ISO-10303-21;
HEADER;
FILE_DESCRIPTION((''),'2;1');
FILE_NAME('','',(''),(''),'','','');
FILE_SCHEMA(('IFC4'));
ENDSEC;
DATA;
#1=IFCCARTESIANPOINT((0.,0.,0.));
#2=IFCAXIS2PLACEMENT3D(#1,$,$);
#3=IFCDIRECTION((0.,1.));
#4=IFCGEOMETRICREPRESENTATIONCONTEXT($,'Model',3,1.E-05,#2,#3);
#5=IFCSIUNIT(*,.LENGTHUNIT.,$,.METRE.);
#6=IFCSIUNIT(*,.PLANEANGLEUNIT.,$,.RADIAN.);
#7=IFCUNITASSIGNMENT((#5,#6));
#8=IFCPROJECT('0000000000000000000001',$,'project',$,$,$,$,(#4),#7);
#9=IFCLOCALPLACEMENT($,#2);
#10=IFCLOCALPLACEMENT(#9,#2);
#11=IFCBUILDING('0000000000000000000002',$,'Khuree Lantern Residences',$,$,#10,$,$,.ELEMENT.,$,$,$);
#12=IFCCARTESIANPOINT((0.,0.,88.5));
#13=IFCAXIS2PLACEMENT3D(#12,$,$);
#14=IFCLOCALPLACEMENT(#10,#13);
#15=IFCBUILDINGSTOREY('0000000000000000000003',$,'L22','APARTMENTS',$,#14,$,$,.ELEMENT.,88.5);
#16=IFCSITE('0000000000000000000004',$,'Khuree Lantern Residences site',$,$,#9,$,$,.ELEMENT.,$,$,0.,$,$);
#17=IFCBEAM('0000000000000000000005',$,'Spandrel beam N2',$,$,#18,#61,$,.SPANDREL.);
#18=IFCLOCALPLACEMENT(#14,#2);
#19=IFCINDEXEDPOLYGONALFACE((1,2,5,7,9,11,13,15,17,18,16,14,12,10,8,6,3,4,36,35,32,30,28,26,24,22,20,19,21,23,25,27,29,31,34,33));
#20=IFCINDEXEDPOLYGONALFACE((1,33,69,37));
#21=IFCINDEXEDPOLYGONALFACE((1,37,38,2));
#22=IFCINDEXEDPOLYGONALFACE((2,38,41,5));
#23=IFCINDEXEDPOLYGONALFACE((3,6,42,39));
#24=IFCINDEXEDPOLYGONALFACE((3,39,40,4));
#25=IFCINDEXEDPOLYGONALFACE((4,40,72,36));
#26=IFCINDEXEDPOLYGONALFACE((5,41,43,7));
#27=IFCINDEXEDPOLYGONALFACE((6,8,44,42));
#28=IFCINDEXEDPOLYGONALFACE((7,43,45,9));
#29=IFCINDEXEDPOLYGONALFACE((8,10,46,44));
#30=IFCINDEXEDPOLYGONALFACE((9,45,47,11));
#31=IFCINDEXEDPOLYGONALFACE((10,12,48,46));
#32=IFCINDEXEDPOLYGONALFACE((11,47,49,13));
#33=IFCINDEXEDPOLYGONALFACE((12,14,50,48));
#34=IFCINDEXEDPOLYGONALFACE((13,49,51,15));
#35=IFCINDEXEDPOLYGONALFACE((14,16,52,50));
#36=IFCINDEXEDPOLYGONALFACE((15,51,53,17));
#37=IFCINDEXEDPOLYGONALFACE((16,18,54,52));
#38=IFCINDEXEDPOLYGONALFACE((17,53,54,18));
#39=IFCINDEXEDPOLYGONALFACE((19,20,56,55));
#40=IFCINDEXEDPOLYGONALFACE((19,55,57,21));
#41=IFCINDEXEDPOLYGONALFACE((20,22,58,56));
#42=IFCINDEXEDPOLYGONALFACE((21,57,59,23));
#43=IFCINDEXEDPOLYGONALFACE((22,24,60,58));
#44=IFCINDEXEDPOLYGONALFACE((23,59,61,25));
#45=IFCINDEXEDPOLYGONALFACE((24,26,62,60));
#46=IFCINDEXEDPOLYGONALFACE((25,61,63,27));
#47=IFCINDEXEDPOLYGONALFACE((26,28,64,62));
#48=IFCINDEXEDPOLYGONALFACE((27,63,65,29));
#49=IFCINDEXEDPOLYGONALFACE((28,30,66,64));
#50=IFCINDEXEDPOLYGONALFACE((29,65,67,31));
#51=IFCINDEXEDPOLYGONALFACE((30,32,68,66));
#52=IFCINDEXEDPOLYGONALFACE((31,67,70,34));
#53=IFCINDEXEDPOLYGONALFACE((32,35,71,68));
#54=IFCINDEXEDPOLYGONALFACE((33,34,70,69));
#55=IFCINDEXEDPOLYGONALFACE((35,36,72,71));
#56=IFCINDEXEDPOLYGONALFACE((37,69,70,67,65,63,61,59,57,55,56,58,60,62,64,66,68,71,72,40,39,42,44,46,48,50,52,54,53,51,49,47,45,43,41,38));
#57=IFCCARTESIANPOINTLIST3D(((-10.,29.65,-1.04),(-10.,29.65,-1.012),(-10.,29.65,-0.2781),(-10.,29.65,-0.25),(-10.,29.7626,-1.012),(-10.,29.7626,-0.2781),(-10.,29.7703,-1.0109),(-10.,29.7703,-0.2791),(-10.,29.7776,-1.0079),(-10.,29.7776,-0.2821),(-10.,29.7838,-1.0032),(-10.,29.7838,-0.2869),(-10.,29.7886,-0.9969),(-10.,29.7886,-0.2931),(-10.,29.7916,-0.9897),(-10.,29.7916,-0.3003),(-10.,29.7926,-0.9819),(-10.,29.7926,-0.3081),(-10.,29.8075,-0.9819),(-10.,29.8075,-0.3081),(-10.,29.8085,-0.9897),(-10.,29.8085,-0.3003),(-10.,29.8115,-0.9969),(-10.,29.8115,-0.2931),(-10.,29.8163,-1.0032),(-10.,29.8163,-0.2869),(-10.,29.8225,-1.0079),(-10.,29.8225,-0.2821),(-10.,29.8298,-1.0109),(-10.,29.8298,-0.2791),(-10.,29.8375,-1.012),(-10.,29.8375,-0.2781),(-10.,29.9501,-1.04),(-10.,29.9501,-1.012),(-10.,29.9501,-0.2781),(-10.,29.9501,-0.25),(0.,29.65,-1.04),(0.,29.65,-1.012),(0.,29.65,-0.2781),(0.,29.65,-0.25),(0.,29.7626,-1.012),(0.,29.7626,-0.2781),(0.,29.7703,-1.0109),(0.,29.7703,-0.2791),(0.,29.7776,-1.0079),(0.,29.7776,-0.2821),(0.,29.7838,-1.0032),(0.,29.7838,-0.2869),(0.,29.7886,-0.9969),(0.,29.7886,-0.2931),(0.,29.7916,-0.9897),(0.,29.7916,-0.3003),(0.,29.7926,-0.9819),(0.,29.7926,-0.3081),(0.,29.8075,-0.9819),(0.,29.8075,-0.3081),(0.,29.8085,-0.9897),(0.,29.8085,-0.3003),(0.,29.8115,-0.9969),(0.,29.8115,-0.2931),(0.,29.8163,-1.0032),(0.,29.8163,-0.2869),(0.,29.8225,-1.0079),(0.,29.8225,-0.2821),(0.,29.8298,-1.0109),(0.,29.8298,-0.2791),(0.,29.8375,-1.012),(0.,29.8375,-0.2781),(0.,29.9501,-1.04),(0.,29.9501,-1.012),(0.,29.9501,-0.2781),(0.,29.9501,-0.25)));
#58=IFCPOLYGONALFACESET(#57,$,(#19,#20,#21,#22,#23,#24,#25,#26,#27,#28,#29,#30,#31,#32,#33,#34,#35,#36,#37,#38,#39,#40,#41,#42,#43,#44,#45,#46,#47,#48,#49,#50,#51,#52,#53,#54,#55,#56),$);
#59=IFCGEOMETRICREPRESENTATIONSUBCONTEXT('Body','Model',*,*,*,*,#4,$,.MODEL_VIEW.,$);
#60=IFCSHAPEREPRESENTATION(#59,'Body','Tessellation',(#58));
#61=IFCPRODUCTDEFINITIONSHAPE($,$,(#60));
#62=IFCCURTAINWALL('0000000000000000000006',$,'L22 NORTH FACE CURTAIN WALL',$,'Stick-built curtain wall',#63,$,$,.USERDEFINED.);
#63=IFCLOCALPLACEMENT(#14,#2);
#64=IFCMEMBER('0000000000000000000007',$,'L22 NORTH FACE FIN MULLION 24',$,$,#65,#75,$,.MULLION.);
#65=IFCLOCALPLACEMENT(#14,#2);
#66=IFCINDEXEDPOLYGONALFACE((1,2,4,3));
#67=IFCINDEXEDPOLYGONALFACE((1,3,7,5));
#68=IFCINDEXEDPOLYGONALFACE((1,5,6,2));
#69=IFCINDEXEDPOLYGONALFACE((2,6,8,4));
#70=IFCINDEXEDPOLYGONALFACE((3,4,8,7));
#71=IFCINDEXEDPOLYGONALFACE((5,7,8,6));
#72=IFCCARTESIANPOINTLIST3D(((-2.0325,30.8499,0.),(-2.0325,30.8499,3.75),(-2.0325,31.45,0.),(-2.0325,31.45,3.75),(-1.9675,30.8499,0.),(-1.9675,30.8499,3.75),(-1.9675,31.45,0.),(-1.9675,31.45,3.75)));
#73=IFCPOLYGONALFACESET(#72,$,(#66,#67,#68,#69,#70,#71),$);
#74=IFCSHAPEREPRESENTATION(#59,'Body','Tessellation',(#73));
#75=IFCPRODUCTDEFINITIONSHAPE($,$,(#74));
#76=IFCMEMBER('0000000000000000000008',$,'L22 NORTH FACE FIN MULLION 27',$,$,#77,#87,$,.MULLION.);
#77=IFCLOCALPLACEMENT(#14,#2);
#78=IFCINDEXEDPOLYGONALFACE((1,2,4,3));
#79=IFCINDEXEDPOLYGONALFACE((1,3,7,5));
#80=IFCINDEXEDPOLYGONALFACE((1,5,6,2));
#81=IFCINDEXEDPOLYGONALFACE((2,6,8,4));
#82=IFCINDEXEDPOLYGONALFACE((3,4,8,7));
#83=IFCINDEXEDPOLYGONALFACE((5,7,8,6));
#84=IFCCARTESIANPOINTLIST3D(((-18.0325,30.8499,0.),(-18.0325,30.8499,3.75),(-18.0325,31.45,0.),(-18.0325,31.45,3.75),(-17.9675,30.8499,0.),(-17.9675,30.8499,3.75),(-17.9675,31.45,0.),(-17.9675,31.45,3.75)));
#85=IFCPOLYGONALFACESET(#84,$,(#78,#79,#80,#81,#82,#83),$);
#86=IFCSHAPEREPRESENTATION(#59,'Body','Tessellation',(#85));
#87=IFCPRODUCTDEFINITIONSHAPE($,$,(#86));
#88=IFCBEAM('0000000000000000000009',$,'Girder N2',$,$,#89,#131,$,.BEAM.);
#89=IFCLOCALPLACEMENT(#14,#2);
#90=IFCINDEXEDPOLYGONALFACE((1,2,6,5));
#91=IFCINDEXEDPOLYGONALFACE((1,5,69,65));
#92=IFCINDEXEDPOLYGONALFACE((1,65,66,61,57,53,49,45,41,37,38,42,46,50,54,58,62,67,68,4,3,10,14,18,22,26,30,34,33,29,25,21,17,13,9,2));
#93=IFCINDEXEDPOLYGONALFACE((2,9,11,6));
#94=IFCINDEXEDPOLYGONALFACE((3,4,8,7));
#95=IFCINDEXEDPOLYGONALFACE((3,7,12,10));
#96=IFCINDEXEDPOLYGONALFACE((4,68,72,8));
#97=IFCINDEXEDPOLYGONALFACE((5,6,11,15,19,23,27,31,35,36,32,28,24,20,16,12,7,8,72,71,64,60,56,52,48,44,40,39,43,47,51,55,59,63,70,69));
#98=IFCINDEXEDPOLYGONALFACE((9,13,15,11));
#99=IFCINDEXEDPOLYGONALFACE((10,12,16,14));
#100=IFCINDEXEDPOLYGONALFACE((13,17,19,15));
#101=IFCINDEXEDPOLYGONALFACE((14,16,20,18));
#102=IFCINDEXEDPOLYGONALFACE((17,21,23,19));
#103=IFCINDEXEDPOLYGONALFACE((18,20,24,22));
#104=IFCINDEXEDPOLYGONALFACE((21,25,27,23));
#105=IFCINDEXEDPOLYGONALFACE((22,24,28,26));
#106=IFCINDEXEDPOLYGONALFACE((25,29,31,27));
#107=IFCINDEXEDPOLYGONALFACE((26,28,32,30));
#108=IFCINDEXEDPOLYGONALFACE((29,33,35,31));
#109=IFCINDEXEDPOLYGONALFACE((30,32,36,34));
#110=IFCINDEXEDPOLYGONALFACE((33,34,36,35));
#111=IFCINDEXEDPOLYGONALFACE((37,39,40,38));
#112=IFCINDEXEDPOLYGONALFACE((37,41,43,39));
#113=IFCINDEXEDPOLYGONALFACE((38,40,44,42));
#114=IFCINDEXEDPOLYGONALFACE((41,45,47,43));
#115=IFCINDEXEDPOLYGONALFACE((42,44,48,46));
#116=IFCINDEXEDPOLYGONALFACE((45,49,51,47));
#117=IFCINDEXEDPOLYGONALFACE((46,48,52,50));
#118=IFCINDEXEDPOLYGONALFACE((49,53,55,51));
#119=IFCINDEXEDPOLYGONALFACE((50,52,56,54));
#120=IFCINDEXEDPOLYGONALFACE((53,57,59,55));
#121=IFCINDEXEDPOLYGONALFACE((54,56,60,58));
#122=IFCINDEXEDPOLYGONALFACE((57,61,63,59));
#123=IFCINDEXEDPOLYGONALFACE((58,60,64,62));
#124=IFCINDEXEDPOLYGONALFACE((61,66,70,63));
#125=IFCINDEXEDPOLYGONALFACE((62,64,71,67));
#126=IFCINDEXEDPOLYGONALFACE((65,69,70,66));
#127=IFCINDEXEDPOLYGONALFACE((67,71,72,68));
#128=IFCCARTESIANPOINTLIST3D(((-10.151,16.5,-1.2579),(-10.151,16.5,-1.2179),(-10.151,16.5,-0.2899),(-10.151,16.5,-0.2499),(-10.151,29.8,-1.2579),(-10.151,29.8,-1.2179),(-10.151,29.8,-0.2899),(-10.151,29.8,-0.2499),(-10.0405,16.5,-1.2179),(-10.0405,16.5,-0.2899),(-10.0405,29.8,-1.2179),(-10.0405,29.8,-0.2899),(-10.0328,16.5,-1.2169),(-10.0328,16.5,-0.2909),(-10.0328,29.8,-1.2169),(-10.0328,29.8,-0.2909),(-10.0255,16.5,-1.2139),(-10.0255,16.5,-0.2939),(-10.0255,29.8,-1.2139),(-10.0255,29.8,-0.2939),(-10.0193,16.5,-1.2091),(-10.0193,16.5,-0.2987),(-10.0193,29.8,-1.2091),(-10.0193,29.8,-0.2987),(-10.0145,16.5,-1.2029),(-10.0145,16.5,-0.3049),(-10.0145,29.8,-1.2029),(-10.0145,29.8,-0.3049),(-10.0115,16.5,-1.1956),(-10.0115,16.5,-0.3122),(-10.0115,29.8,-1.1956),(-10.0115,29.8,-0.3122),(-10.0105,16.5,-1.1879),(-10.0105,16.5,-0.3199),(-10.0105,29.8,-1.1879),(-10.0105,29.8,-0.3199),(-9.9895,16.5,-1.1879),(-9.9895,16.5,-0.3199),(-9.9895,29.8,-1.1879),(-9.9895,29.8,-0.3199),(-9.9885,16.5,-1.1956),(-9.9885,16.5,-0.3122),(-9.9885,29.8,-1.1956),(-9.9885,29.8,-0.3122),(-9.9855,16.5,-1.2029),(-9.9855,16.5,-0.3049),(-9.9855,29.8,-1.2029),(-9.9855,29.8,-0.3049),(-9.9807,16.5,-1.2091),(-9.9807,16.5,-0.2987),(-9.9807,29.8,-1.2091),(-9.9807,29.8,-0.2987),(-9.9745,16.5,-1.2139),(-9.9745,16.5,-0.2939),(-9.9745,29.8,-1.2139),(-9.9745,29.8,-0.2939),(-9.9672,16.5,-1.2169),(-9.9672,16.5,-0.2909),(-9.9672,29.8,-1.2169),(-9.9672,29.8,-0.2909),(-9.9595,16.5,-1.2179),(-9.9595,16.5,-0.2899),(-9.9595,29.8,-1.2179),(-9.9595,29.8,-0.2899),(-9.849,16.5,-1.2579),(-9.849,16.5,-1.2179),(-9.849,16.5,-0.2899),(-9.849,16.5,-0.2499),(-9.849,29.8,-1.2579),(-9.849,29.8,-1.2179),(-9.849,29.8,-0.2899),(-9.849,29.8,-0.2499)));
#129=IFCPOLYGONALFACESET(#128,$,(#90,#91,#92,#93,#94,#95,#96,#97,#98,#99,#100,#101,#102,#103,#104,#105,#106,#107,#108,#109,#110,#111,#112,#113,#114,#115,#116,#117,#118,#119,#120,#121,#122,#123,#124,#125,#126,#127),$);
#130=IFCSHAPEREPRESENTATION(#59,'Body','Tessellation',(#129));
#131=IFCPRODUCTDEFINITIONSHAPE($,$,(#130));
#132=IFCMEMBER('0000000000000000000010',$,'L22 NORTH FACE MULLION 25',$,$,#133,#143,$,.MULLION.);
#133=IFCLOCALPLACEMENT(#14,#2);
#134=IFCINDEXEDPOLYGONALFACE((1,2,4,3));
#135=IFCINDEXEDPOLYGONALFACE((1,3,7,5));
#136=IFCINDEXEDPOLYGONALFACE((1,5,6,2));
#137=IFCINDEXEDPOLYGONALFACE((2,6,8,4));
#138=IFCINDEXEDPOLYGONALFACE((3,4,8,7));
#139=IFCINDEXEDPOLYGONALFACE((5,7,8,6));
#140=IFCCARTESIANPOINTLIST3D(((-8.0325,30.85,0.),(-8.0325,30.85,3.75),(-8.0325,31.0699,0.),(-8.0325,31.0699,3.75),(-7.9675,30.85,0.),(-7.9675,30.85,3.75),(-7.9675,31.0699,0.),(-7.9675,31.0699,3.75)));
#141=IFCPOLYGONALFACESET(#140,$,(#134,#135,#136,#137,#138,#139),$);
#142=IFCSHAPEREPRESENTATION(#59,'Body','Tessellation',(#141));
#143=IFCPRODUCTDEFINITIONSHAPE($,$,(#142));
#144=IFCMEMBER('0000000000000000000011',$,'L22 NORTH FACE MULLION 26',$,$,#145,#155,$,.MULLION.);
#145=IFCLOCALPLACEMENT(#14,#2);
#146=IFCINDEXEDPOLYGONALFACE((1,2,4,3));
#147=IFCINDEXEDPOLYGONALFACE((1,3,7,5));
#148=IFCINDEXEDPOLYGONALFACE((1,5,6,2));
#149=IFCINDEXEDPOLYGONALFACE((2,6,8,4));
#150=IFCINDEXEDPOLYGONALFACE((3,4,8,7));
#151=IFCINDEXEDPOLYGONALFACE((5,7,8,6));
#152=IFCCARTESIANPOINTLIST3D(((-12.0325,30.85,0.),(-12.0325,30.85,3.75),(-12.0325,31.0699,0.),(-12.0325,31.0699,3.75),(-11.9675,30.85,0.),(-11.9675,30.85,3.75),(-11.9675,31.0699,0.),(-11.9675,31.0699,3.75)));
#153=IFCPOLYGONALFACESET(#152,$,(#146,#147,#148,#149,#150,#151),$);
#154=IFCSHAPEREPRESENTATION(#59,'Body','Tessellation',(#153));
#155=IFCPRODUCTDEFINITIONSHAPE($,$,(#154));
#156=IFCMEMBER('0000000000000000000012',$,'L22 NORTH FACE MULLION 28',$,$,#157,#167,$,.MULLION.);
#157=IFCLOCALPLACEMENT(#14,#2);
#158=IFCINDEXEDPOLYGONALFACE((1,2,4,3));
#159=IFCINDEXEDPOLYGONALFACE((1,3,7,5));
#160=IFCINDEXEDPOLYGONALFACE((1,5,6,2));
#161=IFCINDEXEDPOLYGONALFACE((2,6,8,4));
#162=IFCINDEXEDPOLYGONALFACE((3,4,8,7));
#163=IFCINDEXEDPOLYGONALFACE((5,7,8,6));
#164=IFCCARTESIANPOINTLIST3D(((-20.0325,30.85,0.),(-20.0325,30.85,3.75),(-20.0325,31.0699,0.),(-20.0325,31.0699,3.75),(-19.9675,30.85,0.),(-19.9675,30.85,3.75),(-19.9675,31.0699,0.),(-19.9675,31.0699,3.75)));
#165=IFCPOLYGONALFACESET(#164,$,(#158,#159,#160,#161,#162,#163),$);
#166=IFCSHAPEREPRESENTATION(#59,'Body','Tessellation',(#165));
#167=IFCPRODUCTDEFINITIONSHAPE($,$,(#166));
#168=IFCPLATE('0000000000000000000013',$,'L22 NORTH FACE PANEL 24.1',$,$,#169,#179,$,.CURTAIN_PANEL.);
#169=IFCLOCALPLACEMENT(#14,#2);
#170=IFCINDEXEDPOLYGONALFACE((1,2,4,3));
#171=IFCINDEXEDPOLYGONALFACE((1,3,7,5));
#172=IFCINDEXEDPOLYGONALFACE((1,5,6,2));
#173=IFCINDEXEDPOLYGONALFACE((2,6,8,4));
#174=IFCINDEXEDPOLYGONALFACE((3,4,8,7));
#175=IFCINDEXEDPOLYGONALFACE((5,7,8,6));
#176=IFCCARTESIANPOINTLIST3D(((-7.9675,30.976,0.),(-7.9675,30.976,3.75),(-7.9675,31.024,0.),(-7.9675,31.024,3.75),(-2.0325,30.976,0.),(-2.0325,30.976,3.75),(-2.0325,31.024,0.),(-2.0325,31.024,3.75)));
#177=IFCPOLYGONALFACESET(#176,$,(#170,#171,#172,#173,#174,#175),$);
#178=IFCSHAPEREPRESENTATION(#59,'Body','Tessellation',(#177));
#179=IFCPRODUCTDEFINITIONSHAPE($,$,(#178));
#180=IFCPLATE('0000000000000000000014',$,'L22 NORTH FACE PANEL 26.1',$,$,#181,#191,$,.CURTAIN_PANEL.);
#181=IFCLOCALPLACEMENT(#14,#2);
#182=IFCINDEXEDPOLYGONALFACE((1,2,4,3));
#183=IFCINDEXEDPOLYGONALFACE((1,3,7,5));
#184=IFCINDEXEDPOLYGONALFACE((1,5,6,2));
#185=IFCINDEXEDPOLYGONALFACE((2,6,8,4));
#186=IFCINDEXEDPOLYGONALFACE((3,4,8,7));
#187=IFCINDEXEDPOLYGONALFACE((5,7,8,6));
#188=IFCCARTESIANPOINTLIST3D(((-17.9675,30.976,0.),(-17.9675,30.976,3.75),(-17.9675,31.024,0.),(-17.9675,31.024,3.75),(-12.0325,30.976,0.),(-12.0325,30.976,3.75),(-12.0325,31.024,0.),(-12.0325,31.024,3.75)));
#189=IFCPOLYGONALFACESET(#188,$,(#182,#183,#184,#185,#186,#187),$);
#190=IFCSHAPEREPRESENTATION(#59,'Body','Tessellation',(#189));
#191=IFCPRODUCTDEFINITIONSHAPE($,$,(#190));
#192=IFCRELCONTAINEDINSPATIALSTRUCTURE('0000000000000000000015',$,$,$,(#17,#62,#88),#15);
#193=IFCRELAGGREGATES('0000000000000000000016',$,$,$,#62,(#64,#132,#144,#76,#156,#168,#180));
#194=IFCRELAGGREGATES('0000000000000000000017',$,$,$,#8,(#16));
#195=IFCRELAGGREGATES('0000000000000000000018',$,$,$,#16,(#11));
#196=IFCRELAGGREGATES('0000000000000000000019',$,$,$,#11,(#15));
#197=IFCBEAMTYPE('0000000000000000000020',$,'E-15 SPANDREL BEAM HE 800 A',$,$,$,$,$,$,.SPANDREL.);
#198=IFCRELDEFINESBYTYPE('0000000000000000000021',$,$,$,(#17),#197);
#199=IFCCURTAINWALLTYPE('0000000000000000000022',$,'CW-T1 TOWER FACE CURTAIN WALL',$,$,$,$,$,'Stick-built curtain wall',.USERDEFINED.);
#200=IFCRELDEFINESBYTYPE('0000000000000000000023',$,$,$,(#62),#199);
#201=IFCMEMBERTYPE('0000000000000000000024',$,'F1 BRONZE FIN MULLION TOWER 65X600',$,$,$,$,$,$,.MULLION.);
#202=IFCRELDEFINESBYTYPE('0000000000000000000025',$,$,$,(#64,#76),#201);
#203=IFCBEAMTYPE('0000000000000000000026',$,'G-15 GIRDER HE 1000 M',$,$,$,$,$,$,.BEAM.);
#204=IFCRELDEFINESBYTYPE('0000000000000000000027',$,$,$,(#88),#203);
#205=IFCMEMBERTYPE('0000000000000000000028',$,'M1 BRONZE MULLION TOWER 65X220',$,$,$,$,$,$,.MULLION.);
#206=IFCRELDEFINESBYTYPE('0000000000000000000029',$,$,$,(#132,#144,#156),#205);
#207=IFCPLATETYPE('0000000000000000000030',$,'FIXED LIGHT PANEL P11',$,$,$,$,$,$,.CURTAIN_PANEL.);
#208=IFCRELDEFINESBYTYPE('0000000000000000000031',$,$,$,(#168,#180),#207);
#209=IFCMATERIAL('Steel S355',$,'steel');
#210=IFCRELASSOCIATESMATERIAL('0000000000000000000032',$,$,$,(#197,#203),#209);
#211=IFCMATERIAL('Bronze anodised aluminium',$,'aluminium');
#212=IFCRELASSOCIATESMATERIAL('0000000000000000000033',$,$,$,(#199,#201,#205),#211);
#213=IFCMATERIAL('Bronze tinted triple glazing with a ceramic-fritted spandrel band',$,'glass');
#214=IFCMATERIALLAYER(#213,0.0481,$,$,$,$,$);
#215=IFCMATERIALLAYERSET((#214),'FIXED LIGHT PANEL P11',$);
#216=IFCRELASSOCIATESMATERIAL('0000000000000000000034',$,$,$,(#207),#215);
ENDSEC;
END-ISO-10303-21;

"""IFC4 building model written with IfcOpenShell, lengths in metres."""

from ifc_helpers import new_model, si_unit, direction, frame, origin, origin_2d, place, context, subcontext, project, spatial, rectangle, i_section, extrude, material, layer, layer_set, material_profile, profile_set, type_object, element, aggregate, save


model = new_model("IFC4")

# Units and contexts
model_context = context("Model", 3, precision=1e-05, world=origin(), true_north=direction((0.0, 1.0)))
body_context = subcontext(model_context, "Body", "Model", "MODEL_VIEW")
ifc_project = project(units=[si_unit("LENGTHUNIT", "METRE"), si_unit("PLANEANGLEUNIT", "RADIAN")], contexts=[model_context])

# Site, building, storey
site_placement = place(None, origin())
site = spatial("IfcSite", under=ifc_project, at=site_placement, Name="Khuree Lantern Residences site", CompositionType="ELEMENT", RefElevation=0.0)
building_placement = place(site_placement, origin())
building = spatial("IfcBuilding", under=site, at=building_placement, Name="Khuree Lantern Residences", CompositionType="ELEMENT")
storey_placement = place(building_placement, frame((0.0, 0.0, 88.5)))
storey = spatial("IfcBuildingStorey", under=building, at=storey_placement, Name="L22", Description="APARTMENTS", CompositionType="ELEMENT", Elevation=88.5)

# Beam
ifc_material_1 = material(Name="Steel S355", Category="steel")
ifc_material_profile_1 = material_profile(ifc_material_1, i_section(OverallWidth=0.3, OverallDepth=0.79, WebThickness=0.0149, FlangeThickness=0.0281, FilletRadius=0.03, at=origin_2d()), Name="HE 800 A")
ifc_profile_set_1 = profile_set([ifc_material_profile_1], Name="Steel S355")
beam_type_1 = type_object("IfcBeamType", Name="E-15 SPANDREL BEAM HE 800 A", PredefinedType="SPANDREL", material=ifc_profile_set_1)
for number, where, z_axis, x_axis, name in (
    (1, (-10.0, 29.8, -0.645), (1.0, 0.0, 0.0), (0.0, 1.0, 0.0), "Spandrel beam N2"),
):
    element("IfcBeam", number, at=place(storey_placement, frame(where, z_axis=z_axis, x_axis=x_axis)), inside=storey, type_object=beam_type_1, Name=name, PredefinedType="SPANDREL", context=body_context, shape_type="SweptSolid", body=[
        extrude(i_section(OverallWidth=0.3, OverallDepth=0.79, WebThickness=0.0149, FlangeThickness=0.0281, FilletRadius=0.03, at=origin_2d()), origin(), (0.0, 0.0, 1.0), 10.0),
    ])

# Curtain wall, members
ifc_material_2 = material(Name="Bronze anodised aluminium", Category="aluminium")
curtain_wall_type = type_object("IfcCurtainWallType", Name="CW-T1 TOWER FACE CURTAIN WALL", ElementType="Stick-built curtain wall", PredefinedType="USERDEFINED", material=ifc_material_2)
curtain_wall_placement = place(storey_placement, origin())
curtain_wall = element("IfcCurtainWall", 2, at=curtain_wall_placement, inside=storey, type_object=curtain_wall_type, Name="L22 NORTH FACE CURTAIN WALL", ObjectType="Stick-built curtain wall", PredefinedType="USERDEFINED")
ifc_material_profile_2 = material_profile(ifc_material_2, rectangle(XDim=0.0649, YDim=0.6001, at=origin_2d()), Name="F1 65X600")
ifc_profile_set_2 = profile_set([ifc_material_profile_2], Name="Bronze anodised aluminium")
member_type_1 = type_object("IfcMemberType", Name="F1 BRONZE FIN MULLION TOWER 65X600", PredefinedType="MULLION", material=ifc_profile_set_2)
member_1_placement = place(storey_placement, frame((-2.0, 31.1499, 0.0), z_axis=(0.0, 0.0, 1.0), x_axis=(-1.0, 0.0, 0.0)))
member_1 = element("IfcMember", 3, at=member_1_placement, type_object=member_type_1, Name="L22 NORTH FACE FIN MULLION 24", PredefinedType="MULLION", context=body_context, shape_type="SweptSolid", body=[
    extrude(rectangle(XDim=0.0649, YDim=0.6001, at=origin_2d()), origin(), (0.0, 0.0, 1.0), 3.75),
])
member_2_placement = place(storey_placement, frame((-18.0, 31.1499, 0.0), z_axis=(0.0, 0.0, 1.0), x_axis=(-1.0, 0.0, 0.0)))
member_2 = element("IfcMember", 4, at=member_2_placement, type_object=member_type_1, Name="L22 NORTH FACE FIN MULLION 27", PredefinedType="MULLION", context=body_context, shape_type="SweptSolid", body=[
    extrude(rectangle(XDim=0.0649, YDim=0.6001, at=origin_2d()), origin(), (0.0, 0.0, 1.0), 3.75),
])

# Beam
ifc_material_profile_3 = material_profile(ifc_material_1, i_section(OverallWidth=0.302, OverallDepth=1.0081, WebThickness=0.021, FlangeThickness=0.04, FilletRadius=0.03, at=origin_2d()), Name="HE 1000 M")
ifc_profile_set_3 = profile_set([ifc_material_profile_3], Name="Steel S355")
beam_type_2 = type_object("IfcBeamType", Name="G-15 GIRDER HE 1000 M", PredefinedType="BEAM", material=ifc_profile_set_3)
beam_placement = place(storey_placement, frame((-10.0, 29.8, -0.7539), z_axis=(0.0, -1.0, 0.0), x_axis=(1.0, 0.0, 0.0)))
element("IfcBeam", 5, at=beam_placement, inside=storey, type_object=beam_type_2, Name="Girder N2", PredefinedType="BEAM", context=body_context, shape_type="SweptSolid", body=[
    extrude(i_section(OverallWidth=0.302, OverallDepth=1.0081, WebThickness=0.021, FlangeThickness=0.04, FilletRadius=0.03, at=origin_2d()), origin(), (0.0, 0.0, 1.0), 13.3),
])

# Members
ifc_material_profile_4 = material_profile(ifc_material_2, rectangle(XDim=0.0649, YDim=0.22, at=origin_2d()), Name="M1 65X220")
ifc_profile_set_4 = profile_set([ifc_material_profile_4], Name="Bronze anodised aluminium")
member_type_2 = type_object("IfcMemberType", Name="M1 BRONZE MULLION TOWER 65X220", PredefinedType="MULLION", material=ifc_profile_set_4)
member_3_placement = place(storey_placement, frame((-8.0, 30.96, 0.0), z_axis=(0.0, 0.0, 1.0), x_axis=(-1.0, 0.0, 0.0)))
member_3 = element("IfcMember", 6, at=member_3_placement, type_object=member_type_2, Name="L22 NORTH FACE MULLION 25", PredefinedType="MULLION", context=body_context, shape_type="SweptSolid", body=[
    extrude(rectangle(XDim=0.0649, YDim=0.22, at=origin_2d()), origin(), (0.0, 0.0, 1.0), 3.75),
])
member_4_placement = place(storey_placement, frame((-12.0, 30.96, 0.0), z_axis=(0.0, 0.0, 1.0), x_axis=(-1.0, 0.0, 0.0)))
member_4 = element("IfcMember", 7, at=member_4_placement, type_object=member_type_2, Name="L22 NORTH FACE MULLION 26", PredefinedType="MULLION", context=body_context, shape_type="SweptSolid", body=[
    extrude(rectangle(XDim=0.0649, YDim=0.22, at=origin_2d()), origin(), (0.0, 0.0, 1.0), 3.75),
])
member_5_placement = place(storey_placement, frame((-20.0, 30.96, 0.0), z_axis=(0.0, 0.0, 1.0), x_axis=(-1.0, 0.0, 0.0)))
member_5 = element("IfcMember", 8, at=member_5_placement, type_object=member_type_2, Name="L22 NORTH FACE MULLION 28", PredefinedType="MULLION", context=body_context, shape_type="SweptSolid", body=[
    extrude(rectangle(XDim=0.0649, YDim=0.22, at=origin_2d()), origin(), (0.0, 0.0, 1.0), 3.75),
])

# Plates
ifc_material_3 = material(Name="Bronze tinted triple glazing with a ceramic-fritted spandrel band", Category="glass")
ifc_layer_1 = layer(ifc_material_3, 0.0481)
ifc_layer_set_1 = layer_set([ifc_layer_1], Name="FIXED LIGHT PANEL P11")
plate_type_1 = type_object("IfcPlateType", Name="FIXED LIGHT PANEL P11", PredefinedType="CURTAIN_PANEL", material=ifc_layer_set_1)
plate_1_placement = place(storey_placement, frame((-5.0, 31.0, 0.0), z_axis=(0.0, 0.0, 1.0), x_axis=(-1.0, 0.0, 0.0)))
plate_1 = element("IfcPlate", 9, at=plate_1_placement, type_object=plate_type_1, Name="L22 NORTH FACE PANEL 24.1", PredefinedType="CURTAIN_PANEL", context=body_context, shape_type="SweptSolid", body=[
    extrude(rectangle(XDim=5.9351, YDim=0.0481, at=origin_2d()), origin(), (0.0, 0.0, 1.0), 3.75),
])
plate_2_placement = place(storey_placement, frame((-15.0, 31.0, 0.0), z_axis=(0.0, 0.0, 1.0), x_axis=(-1.0, 0.0, 0.0)))
plate_2 = element("IfcPlate", 10, at=plate_2_placement, type_object=plate_type_1, Name="L22 NORTH FACE PANEL 26.1", PredefinedType="CURTAIN_PANEL", context=body_context, shape_type="SweptSolid", body=[
    extrude(rectangle(XDim=5.9351, YDim=0.0481, at=origin_2d()), origin(), (0.0, 0.0, 1.0), 3.75),
])
aggregate(curtain_wall, [member_1, member_3, member_4, member_2, member_5, plate_1, plate_2])

save(model, "model.ifc")
